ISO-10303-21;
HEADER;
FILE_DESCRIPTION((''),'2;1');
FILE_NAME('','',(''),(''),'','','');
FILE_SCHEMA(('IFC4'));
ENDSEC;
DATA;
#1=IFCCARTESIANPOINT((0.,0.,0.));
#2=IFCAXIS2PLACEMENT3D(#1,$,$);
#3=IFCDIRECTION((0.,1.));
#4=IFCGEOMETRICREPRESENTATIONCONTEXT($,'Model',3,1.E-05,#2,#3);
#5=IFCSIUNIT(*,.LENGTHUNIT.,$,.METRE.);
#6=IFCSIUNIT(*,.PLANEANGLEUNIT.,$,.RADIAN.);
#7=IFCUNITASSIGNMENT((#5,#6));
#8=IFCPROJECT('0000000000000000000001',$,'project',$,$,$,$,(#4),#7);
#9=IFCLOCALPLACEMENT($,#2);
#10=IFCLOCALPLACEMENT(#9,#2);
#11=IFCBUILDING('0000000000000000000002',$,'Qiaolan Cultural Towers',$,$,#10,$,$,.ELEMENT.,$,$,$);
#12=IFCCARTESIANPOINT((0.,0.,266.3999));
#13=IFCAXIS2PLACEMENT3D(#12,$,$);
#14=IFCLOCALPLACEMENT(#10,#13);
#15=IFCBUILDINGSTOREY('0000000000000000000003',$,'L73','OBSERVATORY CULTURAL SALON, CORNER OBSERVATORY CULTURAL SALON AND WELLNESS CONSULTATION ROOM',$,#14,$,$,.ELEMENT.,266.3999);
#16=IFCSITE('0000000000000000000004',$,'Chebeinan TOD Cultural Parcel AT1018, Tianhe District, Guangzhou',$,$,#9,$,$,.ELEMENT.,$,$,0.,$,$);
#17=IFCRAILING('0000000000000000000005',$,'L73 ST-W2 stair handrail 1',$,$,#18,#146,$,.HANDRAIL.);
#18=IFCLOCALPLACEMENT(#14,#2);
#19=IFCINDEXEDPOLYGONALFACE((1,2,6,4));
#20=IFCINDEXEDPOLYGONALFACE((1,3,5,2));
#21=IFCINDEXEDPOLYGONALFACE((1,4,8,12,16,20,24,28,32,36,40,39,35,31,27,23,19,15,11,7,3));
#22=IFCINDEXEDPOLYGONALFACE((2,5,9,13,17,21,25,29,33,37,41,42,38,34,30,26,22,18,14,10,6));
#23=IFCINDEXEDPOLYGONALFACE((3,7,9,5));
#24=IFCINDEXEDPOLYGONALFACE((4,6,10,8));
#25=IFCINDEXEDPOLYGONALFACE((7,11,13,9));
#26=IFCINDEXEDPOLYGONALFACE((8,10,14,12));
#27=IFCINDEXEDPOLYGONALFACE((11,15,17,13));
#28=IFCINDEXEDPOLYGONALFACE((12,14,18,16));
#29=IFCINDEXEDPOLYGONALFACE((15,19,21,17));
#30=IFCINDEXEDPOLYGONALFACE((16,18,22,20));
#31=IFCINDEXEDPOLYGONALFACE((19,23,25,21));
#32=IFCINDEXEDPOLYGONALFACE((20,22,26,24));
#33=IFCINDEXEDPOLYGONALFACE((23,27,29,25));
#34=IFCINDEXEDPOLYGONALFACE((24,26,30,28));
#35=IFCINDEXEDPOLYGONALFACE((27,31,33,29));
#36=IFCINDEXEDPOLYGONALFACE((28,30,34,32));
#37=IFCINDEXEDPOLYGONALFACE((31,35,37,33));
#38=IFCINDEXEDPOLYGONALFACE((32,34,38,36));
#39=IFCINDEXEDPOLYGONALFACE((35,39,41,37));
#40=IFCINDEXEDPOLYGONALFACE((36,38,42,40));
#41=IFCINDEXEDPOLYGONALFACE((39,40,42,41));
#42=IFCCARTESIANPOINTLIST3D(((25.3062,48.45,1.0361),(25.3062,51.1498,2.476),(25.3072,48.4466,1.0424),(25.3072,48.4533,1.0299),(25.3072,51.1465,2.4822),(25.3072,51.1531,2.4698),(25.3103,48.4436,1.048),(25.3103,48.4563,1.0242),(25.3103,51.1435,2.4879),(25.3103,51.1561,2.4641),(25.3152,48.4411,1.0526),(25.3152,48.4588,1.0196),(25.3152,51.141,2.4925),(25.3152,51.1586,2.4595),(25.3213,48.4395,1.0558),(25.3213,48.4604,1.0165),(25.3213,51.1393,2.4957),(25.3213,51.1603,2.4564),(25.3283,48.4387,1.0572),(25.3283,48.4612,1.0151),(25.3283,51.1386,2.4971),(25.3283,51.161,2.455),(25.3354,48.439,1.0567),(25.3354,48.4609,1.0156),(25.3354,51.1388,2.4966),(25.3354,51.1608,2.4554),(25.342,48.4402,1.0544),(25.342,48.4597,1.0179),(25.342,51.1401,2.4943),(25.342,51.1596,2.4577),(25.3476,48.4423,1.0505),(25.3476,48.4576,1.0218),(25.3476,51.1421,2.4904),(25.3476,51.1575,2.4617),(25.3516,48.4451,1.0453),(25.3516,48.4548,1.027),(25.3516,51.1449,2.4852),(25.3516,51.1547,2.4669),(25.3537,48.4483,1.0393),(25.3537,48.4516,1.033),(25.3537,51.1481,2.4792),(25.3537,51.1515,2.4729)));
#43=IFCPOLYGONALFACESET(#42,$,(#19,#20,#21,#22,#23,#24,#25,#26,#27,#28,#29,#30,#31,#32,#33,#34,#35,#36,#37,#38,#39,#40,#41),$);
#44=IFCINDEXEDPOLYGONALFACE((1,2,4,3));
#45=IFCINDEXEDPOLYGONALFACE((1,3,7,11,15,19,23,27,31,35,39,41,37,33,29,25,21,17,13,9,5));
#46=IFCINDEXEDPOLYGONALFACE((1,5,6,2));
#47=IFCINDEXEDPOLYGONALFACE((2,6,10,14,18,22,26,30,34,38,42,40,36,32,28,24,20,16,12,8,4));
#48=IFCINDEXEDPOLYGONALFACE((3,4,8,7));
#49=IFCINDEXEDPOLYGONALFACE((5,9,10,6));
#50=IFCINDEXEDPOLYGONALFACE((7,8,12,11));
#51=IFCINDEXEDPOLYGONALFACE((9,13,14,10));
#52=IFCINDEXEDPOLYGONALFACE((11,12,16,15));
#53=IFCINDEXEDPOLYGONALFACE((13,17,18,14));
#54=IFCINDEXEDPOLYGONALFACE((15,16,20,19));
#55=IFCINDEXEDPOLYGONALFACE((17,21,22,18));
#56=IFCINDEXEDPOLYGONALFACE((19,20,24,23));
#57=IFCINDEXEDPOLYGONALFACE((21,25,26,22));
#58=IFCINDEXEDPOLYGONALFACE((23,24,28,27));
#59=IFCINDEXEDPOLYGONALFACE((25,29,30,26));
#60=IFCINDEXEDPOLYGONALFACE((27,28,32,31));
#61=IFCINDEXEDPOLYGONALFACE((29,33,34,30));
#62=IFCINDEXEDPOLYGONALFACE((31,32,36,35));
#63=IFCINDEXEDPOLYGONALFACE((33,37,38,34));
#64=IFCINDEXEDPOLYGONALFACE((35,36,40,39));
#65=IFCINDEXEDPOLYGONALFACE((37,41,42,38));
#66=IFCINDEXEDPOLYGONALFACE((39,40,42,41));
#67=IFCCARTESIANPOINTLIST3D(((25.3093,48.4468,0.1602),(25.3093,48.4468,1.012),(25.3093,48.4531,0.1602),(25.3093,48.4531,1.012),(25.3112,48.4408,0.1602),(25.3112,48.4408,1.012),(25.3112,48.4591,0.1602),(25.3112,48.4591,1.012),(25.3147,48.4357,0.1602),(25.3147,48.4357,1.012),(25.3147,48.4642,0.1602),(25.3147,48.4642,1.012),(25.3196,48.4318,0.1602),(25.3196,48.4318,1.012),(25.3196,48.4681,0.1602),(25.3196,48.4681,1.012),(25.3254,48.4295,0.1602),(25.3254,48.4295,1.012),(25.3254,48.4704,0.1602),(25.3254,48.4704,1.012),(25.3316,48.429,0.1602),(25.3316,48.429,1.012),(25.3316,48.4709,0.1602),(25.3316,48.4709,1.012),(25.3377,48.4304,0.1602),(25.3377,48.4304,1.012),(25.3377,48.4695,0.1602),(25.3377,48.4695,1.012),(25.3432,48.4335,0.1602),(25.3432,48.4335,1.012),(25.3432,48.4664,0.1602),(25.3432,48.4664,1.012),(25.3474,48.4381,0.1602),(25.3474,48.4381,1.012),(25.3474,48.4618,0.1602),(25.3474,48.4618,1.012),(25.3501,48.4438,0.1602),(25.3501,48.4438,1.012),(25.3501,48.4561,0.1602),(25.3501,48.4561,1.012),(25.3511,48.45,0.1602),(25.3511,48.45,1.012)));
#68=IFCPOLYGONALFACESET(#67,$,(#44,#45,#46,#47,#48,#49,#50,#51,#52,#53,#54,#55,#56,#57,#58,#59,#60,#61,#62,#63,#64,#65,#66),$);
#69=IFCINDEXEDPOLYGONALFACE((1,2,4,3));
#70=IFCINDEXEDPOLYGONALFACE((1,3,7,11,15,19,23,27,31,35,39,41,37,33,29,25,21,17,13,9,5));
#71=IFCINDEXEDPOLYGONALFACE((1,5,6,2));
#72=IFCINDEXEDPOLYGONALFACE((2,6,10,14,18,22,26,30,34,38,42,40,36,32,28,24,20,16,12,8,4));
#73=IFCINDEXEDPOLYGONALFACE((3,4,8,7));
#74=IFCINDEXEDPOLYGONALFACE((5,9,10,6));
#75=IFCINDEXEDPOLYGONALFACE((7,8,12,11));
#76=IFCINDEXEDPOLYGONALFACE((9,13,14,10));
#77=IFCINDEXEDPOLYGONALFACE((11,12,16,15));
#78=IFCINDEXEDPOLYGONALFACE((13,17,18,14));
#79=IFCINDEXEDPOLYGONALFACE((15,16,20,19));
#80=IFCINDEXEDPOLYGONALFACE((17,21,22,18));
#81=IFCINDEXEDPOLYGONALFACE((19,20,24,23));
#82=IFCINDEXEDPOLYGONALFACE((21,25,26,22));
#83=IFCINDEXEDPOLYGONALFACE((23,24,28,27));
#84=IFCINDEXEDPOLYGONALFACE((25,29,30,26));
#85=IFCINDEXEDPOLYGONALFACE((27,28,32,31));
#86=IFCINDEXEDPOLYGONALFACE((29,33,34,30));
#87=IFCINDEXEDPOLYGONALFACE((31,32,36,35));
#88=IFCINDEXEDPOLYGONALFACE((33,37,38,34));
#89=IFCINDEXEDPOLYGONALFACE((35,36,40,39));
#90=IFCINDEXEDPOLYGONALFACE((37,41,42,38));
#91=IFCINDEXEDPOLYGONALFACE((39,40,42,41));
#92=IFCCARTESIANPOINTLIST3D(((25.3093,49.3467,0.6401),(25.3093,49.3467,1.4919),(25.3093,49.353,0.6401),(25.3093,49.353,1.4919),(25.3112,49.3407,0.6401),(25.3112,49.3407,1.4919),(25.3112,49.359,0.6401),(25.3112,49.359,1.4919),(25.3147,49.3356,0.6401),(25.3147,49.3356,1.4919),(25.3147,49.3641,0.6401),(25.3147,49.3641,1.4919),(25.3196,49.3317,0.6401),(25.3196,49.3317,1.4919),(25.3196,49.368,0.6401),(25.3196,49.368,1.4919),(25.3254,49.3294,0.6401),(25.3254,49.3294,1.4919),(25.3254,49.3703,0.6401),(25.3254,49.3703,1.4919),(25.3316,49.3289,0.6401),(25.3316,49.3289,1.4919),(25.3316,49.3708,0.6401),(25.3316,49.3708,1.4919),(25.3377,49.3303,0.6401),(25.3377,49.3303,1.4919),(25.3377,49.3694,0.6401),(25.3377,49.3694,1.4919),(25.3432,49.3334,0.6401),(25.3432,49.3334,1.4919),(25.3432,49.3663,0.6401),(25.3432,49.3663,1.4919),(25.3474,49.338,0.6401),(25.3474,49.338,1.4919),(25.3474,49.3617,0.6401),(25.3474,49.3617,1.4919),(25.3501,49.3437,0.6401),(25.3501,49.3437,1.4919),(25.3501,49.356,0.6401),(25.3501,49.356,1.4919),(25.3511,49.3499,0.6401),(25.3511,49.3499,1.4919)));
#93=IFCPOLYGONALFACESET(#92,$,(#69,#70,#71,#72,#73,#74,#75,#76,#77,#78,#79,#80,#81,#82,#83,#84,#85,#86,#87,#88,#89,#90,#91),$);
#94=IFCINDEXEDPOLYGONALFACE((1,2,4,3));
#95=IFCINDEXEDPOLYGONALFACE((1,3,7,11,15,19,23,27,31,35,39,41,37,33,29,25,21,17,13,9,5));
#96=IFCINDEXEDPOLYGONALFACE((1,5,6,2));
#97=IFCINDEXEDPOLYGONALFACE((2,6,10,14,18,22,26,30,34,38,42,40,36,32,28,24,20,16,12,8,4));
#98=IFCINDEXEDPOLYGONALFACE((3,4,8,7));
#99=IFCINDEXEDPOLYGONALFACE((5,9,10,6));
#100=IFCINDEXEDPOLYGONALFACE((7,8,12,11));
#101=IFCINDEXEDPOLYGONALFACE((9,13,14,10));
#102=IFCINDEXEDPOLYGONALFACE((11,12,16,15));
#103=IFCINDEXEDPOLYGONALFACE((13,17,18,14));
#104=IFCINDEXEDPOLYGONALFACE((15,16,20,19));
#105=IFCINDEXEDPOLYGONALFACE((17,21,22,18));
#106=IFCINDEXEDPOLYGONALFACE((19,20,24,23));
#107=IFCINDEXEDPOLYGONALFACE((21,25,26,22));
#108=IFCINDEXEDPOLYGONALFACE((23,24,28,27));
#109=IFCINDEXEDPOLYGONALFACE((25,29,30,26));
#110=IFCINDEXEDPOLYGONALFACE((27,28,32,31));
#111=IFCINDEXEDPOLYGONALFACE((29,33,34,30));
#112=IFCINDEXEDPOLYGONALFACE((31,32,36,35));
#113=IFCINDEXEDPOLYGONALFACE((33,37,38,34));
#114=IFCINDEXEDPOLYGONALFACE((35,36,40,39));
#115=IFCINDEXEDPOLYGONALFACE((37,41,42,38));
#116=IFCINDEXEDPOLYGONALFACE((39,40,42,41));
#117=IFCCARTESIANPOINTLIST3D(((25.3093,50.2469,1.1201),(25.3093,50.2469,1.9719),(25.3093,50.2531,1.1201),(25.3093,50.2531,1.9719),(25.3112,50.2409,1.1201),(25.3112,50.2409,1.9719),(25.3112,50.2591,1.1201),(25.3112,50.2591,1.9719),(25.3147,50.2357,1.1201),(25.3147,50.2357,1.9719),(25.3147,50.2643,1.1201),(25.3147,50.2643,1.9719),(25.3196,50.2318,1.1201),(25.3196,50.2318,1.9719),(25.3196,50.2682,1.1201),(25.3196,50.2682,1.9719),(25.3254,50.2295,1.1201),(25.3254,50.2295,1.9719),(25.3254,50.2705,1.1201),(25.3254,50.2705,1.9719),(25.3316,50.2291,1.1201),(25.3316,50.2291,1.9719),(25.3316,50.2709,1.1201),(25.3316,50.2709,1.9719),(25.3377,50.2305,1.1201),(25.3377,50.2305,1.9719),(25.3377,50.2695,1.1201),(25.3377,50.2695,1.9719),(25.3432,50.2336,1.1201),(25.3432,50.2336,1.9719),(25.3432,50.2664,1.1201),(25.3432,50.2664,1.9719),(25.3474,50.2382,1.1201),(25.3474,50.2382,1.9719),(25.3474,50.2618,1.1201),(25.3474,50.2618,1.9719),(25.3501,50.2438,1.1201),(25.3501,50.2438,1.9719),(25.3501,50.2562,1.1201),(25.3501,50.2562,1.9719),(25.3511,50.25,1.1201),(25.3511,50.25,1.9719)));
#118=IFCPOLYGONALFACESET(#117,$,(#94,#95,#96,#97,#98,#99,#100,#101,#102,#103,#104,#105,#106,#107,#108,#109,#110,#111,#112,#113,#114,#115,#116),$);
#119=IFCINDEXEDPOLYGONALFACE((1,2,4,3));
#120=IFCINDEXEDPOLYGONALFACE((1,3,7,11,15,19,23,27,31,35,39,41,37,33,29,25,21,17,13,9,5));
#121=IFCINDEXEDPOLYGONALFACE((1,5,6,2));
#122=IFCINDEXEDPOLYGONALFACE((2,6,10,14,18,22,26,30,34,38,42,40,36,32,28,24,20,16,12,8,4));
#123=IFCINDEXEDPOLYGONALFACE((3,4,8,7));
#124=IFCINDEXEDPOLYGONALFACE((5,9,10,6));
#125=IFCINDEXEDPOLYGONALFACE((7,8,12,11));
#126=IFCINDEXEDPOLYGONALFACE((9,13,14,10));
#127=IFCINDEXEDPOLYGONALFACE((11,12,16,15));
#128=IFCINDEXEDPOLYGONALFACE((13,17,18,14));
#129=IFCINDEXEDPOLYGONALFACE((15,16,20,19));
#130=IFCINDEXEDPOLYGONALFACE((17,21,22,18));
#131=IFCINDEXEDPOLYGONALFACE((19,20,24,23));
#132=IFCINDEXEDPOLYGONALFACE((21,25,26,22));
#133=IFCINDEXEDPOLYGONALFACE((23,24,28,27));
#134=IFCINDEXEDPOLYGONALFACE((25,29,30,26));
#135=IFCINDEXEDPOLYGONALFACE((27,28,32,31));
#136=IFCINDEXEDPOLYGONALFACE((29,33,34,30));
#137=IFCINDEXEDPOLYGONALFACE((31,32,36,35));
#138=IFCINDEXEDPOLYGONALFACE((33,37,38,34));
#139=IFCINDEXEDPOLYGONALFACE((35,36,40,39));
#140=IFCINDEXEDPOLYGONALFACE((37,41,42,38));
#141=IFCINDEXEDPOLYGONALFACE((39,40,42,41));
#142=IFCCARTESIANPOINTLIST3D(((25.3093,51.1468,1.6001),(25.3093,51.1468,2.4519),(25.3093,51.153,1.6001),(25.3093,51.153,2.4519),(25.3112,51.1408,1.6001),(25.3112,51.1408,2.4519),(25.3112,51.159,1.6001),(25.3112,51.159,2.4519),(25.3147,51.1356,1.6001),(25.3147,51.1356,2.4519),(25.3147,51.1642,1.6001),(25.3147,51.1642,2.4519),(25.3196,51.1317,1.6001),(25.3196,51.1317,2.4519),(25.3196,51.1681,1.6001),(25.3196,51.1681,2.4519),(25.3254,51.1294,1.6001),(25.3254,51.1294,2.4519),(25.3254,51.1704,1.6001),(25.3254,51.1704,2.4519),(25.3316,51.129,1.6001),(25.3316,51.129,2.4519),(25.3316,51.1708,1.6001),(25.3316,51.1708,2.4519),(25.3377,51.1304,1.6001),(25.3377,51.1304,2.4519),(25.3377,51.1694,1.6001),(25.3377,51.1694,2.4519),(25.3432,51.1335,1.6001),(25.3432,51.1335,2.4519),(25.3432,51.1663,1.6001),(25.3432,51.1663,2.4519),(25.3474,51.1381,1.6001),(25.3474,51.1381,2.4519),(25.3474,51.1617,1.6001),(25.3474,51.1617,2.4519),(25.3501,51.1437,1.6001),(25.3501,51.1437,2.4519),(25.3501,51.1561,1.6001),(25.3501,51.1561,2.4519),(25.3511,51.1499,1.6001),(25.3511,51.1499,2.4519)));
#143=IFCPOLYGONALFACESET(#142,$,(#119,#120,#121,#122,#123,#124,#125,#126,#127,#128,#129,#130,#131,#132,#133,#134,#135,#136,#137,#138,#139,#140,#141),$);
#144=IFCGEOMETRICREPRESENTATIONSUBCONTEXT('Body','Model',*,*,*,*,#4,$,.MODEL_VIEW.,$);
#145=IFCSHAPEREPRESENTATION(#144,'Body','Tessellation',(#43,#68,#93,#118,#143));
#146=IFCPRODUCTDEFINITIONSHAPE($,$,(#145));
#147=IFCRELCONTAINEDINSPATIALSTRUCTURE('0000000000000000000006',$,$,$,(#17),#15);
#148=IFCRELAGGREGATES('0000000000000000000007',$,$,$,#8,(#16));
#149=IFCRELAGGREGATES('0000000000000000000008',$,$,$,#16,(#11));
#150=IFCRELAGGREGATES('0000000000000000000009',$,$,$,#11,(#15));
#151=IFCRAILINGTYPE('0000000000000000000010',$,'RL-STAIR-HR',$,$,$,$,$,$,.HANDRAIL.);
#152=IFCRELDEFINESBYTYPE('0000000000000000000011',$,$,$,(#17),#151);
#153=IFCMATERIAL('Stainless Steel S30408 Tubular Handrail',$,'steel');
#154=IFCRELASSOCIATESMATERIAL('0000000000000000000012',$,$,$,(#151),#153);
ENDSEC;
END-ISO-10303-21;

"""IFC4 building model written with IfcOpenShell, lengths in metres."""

from ifc_helpers import new_model, si_unit, direction, frame, origin, origin_2d, place, context, subcontext, project, spatial, circle, extrude, material, type_object, element, save


model = new_model("IFC4")

# Units and contexts
model_context = context("Model", 3, precision=1e-05, world=origin(), true_north=direction((0.0, 1.0)))
body_context = subcontext(model_context, "Body", "Model", "MODEL_VIEW")
ifc_project = project(units=[si_unit("LENGTHUNIT", "METRE"), si_unit("PLANEANGLEUNIT", "RADIAN")], contexts=[model_context])

# Site, building, storey
site_placement = place(None, origin())
site = spatial("IfcSite", under=ifc_project, at=site_placement, Name="Chebeinan TOD Cultural Parcel AT1018, Tianhe District, Guangzhou", CompositionType="ELEMENT", RefElevation=0.0)
building_placement = place(site_placement, origin())
building = spatial("IfcBuilding", under=site, at=building_placement, Name="Qiaolan Cultural Towers", CompositionType="ELEMENT")
storey_placement = place(building_placement, frame((0.0, 0.0, 266.3999)))
storey = spatial("IfcBuildingStorey", under=building, at=storey_placement, Name="L73", Description="OBSERVATORY CULTURAL SALON, CORNER OBSERVATORY CULTURAL SALON AND WELLNESS CONSULTATION ROOM", CompositionType="ELEMENT", Elevation=266.3999)

# Railing
ifc_material_1 = material(Name="Stainless Steel S30408 Tubular Handrail", Category="steel")
railing_type_1 = type_object("IfcRailingType", Name="RL-STAIR-HR", PredefinedType="HANDRAIL", material=ifc_material_1)
railing_1_placement = place(storey_placement, frame((25.3301, 48.45, 0.1602)))
element("IfcRailing", 1, at=railing_1_placement, inside=storey, type_object=railing_type_1, Name="L73 ST-W2 stair handrail 1", PredefinedType="HANDRAIL", context=body_context, shape_type="SweptSolid", body=[
    extrude(circle(Radius=0.0239, at=origin_2d()), frame((0.0, 0.0, 0.876), z_axis=(0.0, 0.882357, 0.47058), x_axis=(-1.0, 0.0, 0.0)), (0.0, 0.0, 1.0), 3.0598),
    extrude(circle(Radius=0.021, at=origin_2d()), origin(), (0.0, 0.0, 1.0), 0.8518),
    extrude(circle(Radius=0.021, at=origin_2d()), frame((0.0, 0.8999, 0.48)), (0.0, 0.0, 1.0), 0.8518),
    extrude(circle(Radius=0.021, at=origin_2d()), frame((0.0, 1.8, 0.96)), (0.0, 0.0, 1.0), 0.8518),
    extrude(circle(Radius=0.021, at=origin_2d()), frame((0.0, 2.7, 1.4399)), (0.0, 0.0, 1.0), 0.8518),
])

save(model, "model.ifc")
